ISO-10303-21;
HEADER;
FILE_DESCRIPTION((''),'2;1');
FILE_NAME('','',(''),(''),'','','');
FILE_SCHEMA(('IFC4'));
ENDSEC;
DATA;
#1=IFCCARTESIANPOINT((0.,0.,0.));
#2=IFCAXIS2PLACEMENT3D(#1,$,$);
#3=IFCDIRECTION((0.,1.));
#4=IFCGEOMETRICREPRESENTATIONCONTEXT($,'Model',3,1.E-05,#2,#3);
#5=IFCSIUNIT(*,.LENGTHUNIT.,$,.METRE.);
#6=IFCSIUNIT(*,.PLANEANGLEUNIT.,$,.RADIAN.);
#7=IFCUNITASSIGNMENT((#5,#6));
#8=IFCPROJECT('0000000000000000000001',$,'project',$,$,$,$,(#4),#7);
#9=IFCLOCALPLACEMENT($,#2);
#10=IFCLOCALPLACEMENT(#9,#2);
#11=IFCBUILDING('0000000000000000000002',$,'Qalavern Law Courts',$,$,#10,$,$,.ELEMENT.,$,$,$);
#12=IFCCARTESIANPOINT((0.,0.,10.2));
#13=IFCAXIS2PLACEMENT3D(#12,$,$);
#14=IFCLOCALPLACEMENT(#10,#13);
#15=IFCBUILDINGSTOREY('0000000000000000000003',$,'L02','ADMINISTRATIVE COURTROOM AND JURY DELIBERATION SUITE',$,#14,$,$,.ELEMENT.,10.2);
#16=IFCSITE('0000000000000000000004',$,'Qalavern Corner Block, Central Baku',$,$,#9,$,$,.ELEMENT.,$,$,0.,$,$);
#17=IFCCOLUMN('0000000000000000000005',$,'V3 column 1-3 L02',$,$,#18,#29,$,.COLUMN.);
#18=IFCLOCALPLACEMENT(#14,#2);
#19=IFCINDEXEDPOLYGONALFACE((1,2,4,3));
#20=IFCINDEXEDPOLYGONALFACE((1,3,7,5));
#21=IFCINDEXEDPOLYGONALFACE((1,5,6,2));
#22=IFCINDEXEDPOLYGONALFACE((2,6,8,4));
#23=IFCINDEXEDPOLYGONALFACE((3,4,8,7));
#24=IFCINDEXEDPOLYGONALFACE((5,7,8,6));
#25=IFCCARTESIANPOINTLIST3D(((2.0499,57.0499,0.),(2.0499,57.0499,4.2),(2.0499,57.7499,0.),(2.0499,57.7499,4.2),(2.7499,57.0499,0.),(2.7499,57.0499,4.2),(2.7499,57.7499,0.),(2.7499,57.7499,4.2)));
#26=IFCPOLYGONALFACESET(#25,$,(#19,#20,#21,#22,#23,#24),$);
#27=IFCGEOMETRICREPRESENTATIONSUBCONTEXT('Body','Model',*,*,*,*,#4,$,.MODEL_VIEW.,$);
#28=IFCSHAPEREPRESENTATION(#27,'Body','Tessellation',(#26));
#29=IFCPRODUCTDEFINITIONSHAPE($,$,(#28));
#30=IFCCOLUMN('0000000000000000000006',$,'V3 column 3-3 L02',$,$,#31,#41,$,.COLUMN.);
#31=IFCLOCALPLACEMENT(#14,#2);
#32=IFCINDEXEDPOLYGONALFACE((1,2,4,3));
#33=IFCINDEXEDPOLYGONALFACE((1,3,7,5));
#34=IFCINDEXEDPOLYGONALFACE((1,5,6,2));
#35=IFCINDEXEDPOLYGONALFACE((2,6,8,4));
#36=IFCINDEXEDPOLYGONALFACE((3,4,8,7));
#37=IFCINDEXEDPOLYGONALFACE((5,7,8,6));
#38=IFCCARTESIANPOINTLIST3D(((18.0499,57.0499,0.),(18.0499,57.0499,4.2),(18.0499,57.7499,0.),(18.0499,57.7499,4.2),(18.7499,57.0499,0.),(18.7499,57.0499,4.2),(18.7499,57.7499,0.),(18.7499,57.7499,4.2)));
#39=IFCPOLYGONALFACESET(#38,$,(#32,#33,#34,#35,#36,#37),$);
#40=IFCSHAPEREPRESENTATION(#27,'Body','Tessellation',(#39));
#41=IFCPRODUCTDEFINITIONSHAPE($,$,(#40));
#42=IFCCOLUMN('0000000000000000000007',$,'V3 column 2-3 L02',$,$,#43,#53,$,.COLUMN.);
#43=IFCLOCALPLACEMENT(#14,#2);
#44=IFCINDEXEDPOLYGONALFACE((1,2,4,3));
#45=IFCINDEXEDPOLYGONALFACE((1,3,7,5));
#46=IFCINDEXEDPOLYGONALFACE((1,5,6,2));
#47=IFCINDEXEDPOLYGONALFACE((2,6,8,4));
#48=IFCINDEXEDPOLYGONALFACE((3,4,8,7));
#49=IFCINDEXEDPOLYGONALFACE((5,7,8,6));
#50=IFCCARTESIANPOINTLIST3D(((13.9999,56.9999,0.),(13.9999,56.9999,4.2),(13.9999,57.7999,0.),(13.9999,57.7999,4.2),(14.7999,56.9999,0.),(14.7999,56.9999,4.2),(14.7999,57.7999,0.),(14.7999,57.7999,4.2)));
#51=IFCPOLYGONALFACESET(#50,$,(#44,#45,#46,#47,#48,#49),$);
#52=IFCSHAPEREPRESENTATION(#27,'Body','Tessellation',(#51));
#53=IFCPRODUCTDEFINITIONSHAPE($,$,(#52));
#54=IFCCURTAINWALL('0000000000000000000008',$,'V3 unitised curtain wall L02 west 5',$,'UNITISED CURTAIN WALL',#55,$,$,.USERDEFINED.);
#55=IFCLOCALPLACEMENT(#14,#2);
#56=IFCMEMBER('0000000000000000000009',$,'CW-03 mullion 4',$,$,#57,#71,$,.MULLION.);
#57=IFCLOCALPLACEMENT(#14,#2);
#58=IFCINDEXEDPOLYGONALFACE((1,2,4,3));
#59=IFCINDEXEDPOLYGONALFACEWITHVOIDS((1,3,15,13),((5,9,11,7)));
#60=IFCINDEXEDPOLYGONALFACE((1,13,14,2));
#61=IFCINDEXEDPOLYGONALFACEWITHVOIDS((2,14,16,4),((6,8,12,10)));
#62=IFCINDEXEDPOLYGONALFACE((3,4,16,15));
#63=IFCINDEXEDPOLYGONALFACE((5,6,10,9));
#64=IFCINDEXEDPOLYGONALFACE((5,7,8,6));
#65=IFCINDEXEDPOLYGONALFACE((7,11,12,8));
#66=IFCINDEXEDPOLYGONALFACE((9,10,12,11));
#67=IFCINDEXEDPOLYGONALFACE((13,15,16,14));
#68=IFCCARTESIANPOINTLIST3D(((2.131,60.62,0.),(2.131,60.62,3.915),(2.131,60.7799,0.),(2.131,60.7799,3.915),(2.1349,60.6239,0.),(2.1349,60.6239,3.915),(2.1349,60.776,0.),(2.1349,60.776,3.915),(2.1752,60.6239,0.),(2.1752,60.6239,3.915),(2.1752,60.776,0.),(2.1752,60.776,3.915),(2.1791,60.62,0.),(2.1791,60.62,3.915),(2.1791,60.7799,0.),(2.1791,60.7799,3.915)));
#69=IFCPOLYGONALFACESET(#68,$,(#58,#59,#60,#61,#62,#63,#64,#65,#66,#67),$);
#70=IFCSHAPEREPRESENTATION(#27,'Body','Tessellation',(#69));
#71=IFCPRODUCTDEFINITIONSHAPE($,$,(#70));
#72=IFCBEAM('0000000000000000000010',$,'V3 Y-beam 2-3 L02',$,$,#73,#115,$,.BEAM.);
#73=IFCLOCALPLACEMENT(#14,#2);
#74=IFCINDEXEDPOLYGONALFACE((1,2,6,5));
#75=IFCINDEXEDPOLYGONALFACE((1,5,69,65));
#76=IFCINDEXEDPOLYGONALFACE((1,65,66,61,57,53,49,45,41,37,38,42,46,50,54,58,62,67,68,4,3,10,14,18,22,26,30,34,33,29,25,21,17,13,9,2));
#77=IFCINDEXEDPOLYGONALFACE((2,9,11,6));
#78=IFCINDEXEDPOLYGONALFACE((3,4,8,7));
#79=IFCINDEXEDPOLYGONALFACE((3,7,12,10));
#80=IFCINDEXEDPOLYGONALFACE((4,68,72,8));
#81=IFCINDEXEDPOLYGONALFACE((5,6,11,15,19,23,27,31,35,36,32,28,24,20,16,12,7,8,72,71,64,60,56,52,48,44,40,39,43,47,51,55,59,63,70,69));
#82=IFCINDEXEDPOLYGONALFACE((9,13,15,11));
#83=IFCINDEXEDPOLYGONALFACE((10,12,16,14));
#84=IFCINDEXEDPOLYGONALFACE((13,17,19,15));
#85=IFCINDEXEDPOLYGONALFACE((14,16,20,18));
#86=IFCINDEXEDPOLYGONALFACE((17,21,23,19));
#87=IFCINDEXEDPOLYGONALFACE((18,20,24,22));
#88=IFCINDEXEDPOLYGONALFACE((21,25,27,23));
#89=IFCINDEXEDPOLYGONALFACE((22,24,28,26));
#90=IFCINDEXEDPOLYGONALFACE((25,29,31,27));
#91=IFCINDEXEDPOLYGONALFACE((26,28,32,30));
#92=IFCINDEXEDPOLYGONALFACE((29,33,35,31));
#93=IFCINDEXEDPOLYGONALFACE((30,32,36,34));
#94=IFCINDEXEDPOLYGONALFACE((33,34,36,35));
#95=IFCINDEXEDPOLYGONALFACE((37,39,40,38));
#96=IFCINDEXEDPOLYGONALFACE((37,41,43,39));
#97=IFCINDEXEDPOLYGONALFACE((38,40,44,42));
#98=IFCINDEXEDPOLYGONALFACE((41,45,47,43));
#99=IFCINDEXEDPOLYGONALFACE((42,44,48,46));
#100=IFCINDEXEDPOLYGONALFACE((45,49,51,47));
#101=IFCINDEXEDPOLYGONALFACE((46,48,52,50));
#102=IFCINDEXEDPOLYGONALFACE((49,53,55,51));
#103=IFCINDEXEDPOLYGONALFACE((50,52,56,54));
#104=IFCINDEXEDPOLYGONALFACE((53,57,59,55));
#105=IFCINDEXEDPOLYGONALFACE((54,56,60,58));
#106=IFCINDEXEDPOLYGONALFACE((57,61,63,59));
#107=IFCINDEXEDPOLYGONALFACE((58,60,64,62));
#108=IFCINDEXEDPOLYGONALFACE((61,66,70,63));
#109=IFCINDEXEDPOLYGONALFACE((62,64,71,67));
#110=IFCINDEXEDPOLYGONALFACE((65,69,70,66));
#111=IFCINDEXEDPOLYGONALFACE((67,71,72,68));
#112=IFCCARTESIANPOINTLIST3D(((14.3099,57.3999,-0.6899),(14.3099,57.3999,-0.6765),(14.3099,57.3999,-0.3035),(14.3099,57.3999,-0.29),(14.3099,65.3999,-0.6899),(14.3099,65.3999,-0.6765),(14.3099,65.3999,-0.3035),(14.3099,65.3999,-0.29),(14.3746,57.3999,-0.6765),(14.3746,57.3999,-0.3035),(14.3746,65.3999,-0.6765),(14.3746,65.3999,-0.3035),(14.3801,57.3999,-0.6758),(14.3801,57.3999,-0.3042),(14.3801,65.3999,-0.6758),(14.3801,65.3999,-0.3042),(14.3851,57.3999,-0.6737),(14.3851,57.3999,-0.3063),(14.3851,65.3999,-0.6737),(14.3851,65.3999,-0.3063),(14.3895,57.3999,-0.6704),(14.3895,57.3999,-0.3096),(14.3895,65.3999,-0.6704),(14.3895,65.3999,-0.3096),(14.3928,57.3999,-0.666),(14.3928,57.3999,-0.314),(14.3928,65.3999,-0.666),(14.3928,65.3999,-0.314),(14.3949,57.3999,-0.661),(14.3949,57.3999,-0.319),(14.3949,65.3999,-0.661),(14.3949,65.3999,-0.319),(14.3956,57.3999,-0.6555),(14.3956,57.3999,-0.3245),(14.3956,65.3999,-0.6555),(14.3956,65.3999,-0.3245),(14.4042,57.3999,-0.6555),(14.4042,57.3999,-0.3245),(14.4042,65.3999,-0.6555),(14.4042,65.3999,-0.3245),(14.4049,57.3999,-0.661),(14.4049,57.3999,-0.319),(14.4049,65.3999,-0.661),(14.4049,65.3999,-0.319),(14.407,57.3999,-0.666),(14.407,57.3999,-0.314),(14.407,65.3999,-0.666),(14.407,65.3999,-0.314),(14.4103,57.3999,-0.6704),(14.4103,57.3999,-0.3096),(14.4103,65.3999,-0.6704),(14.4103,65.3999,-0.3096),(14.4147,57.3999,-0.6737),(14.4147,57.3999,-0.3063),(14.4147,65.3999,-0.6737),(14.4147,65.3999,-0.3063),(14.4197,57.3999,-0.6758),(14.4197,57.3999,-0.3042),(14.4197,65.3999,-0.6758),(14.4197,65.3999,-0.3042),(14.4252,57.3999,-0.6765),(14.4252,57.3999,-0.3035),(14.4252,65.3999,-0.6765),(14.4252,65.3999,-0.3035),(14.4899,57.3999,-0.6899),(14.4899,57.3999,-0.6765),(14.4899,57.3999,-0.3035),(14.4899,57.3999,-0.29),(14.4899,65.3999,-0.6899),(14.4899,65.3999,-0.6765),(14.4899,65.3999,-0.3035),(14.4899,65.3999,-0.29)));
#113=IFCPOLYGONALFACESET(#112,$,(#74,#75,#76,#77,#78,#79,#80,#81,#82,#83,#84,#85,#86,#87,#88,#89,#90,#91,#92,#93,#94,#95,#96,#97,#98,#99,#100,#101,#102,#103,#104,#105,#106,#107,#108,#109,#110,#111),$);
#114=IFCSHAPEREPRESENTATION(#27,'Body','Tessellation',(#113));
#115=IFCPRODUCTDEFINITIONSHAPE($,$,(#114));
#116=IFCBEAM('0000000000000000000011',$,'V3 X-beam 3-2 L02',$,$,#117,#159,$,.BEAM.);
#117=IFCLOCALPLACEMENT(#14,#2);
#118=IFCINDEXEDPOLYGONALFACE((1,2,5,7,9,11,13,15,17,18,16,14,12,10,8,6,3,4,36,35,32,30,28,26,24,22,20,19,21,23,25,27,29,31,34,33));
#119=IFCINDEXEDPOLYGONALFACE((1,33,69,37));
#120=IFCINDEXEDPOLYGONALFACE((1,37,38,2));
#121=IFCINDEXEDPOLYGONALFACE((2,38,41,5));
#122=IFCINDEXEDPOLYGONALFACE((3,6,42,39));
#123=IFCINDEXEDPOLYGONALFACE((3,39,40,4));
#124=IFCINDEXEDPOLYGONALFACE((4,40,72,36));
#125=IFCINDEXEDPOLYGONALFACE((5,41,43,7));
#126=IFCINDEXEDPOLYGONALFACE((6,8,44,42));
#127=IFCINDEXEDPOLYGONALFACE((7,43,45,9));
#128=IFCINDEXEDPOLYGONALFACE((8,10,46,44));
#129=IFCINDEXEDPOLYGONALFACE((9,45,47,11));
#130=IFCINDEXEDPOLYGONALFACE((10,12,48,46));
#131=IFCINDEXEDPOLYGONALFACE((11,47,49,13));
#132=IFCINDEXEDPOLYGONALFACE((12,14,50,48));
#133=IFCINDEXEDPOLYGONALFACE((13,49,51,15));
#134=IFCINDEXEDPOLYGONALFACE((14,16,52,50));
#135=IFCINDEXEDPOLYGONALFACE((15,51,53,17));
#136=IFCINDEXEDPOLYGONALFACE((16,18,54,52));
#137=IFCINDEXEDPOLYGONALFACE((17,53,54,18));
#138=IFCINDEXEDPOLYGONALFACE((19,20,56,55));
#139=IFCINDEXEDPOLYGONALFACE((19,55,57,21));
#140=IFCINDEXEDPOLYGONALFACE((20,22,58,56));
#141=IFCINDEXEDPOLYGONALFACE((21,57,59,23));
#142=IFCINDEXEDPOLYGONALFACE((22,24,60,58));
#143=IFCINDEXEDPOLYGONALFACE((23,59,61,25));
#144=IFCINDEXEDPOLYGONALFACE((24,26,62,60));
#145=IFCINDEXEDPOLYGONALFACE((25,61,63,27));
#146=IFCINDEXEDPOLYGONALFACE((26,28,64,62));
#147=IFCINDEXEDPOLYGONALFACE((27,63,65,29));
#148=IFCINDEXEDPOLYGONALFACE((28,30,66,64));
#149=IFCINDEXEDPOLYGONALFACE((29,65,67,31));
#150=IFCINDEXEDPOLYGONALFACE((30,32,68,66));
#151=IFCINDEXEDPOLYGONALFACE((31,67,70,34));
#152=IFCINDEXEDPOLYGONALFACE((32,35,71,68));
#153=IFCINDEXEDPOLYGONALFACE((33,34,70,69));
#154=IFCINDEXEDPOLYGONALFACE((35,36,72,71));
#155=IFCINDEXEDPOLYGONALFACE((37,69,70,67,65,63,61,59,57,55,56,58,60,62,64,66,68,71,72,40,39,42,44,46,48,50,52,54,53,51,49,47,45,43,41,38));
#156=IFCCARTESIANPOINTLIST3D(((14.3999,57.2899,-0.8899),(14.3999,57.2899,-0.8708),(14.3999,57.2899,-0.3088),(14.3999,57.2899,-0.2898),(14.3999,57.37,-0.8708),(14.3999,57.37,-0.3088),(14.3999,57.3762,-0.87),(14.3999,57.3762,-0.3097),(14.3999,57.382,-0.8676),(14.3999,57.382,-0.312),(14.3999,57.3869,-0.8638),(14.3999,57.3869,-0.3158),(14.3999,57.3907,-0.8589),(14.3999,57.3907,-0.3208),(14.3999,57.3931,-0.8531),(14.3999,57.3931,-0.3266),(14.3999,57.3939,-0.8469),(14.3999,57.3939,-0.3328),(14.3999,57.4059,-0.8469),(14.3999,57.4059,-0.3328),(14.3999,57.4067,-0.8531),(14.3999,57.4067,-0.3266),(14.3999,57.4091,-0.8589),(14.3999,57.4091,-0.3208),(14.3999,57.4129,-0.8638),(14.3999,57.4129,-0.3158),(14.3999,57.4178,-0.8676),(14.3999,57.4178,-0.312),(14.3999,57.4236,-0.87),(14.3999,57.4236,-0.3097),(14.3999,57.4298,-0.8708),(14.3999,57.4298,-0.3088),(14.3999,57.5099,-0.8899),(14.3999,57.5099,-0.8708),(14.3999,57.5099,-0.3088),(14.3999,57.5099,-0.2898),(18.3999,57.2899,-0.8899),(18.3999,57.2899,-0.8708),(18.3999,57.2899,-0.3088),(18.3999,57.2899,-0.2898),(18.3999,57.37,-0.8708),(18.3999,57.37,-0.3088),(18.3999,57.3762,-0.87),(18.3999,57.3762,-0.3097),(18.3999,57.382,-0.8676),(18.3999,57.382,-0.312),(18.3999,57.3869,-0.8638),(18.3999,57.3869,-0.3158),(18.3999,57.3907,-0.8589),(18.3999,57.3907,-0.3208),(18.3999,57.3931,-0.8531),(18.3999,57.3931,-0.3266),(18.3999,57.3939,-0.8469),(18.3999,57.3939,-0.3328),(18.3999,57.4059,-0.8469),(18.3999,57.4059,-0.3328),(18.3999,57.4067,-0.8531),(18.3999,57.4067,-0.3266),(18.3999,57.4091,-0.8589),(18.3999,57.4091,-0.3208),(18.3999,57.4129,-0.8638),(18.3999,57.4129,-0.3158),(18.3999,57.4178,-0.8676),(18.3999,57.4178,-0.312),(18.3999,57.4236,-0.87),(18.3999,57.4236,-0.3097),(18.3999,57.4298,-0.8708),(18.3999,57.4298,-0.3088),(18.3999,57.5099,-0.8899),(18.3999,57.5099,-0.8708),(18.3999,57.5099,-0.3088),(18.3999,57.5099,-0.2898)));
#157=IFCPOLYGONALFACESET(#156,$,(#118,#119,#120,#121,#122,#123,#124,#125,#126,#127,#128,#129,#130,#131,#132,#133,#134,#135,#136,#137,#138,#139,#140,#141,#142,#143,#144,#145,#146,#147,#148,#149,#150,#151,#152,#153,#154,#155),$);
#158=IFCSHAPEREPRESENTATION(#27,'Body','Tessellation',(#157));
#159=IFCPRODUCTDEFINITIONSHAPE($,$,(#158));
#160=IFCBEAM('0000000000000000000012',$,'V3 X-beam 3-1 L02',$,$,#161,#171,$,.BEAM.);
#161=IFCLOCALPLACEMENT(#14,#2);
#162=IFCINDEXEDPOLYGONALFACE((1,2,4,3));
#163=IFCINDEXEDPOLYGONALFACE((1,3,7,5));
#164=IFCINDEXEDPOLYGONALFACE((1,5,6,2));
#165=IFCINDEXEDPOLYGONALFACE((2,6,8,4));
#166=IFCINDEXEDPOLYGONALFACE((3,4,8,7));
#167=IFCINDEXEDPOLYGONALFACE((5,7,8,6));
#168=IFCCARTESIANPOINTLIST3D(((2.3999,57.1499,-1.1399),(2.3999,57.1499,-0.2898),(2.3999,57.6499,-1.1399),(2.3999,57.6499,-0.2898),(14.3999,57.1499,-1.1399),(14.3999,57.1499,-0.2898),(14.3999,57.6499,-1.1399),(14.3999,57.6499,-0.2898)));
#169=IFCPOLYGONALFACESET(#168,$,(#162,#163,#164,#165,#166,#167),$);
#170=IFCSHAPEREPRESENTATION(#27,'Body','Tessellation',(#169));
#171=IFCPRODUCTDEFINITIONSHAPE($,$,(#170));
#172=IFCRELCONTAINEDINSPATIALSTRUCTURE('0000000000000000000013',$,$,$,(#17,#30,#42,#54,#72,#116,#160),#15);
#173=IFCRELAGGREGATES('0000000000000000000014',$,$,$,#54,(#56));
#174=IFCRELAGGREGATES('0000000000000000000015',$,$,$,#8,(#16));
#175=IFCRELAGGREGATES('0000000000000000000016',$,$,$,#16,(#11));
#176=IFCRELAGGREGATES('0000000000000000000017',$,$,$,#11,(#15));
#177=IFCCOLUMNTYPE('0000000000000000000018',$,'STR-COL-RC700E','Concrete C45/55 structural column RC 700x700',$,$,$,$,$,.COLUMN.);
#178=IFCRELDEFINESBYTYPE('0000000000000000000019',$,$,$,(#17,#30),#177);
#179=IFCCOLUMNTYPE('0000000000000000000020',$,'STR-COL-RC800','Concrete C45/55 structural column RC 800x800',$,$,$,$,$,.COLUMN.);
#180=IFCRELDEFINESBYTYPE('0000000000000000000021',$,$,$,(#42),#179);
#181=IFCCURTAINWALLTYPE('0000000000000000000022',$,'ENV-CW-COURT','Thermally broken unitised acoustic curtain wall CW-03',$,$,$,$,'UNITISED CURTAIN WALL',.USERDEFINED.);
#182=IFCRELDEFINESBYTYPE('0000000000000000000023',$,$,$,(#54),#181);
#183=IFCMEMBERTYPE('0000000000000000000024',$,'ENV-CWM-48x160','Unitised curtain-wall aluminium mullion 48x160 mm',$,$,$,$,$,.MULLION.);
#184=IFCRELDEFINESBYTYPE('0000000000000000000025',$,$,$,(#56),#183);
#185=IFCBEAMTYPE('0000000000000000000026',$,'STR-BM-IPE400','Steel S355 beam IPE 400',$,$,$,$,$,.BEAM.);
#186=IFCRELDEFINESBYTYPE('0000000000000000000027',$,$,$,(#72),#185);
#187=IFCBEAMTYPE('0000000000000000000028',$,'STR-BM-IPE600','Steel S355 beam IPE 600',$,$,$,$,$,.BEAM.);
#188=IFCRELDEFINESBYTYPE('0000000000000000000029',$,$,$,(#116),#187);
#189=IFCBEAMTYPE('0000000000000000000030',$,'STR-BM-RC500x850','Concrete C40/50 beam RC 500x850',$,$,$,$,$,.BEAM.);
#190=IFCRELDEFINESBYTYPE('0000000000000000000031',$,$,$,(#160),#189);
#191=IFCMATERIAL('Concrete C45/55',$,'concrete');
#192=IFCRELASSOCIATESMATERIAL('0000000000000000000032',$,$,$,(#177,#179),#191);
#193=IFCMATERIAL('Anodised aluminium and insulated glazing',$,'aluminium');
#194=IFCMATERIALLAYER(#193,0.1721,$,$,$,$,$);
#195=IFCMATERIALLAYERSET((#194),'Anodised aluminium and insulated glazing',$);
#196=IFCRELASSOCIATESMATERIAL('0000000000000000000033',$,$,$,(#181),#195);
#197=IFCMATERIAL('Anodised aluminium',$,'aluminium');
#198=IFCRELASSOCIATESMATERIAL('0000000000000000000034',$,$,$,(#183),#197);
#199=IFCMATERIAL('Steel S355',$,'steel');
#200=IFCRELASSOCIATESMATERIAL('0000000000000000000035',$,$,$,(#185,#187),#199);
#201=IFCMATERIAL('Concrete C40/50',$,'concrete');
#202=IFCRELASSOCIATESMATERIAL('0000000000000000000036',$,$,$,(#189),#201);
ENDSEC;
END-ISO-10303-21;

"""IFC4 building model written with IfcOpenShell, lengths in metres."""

from ifc_helpers import new_model, si_unit, direction, frame, origin, origin_2d, place, context, subcontext, project, spatial, rectangle, hollow_rectangle, i_section, extrude, material, layer, layer_set, material_profile, profile_set, type_object, element, aggregate, save


model = new_model("IFC4")

# Units and contexts
model_context = context("Model", 3, precision=1e-05, world=origin(), true_north=direction((0.0, 1.0)))
body_context = subcontext(model_context, "Body", "Model", "MODEL_VIEW")
ifc_project = project(units=[si_unit("LENGTHUNIT", "METRE"), si_unit("PLANEANGLEUNIT", "RADIAN")], contexts=[model_context])

# Site, building, storey
site_placement = place(None, origin())
site = spatial("IfcSite", under=ifc_project, at=site_placement, Name="Qalavern Corner Block, Central Baku", CompositionType="ELEMENT", RefElevation=0.0)
building_placement = place(site_placement, origin())
building = spatial("IfcBuilding", under=site, at=building_placement, Name="Qalavern Law Courts", CompositionType="ELEMENT")
storey_placement = place(building_placement, frame((0.0, 0.0, 10.2)))
storey = spatial("IfcBuildingStorey", under=building, at=storey_placement, Name="L02", Description="ADMINISTRATIVE COURTROOM AND JURY DELIBERATION SUITE", CompositionType="ELEMENT", Elevation=10.2)

# Columns
ifc_material_1 = material(Name="Concrete C45/55", Category="concrete")
ifc_material_profile_1 = material_profile(ifc_material_1, rectangle(XDim=0.7, YDim=0.7, at=origin_2d()), Name="RC 700x700")
ifc_profile_set_1 = profile_set([ifc_material_profile_1], Name="Concrete C45/55")
column_type_1 = type_object("IfcColumnType", Name="STR-COL-RC700E", Description="Concrete C45/55 structural column RC 700x700", PredefinedType="COLUMN", material=ifc_profile_set_1)
for number, where, z_axis, x_axis, name in (
    (1, (2.3999, 57.3999, 0.0), (0.0, 0.0, 1.0), (1.0, 0.0, 0.0), "V3 column 1-3 L02"),
    (2, (18.3999, 57.3999, 0.0), (0.0, 0.0, 1.0), (1.0, 0.0, 0.0), "V3 column 3-3 L02"),
):
    element("IfcColumn", number, at=place(storey_placement, frame(where, z_axis=z_axis, x_axis=x_axis)), inside=storey, type_object=column_type_1, Name=name, PredefinedType="COLUMN", context=body_context, shape_type="SweptSolid", body=[
        extrude(rectangle(XDim=0.7, YDim=0.7, at=origin_2d()), origin(), (0.0, 0.0, 1.0), 4.2),
    ])
ifc_material_profile_2 = material_profile(ifc_material_1, rectangle(XDim=0.8, YDim=0.8, at=origin_2d()), Name="RC 800x800")
ifc_profile_set_2 = profile_set([ifc_material_profile_2], Name="Concrete C45/55")
column_type_2 = type_object("IfcColumnType", Name="STR-COL-RC800", Description="Concrete C45/55 structural column RC 800x800", PredefinedType="COLUMN", material=ifc_profile_set_2)
column_placement = place(storey_placement, frame((14.3999, 57.3999, 0.0), z_axis=(0.0, 0.0, 1.0), x_axis=(1.0, 0.0, 0.0)))
element("IfcColumn", 3, at=column_placement, inside=storey, type_object=column_type_2, Name="V3 column 2-3 L02", PredefinedType="COLUMN", context=body_context, shape_type="SweptSolid", body=[
    extrude(rectangle(XDim=0.8, YDim=0.8, at=origin_2d()), origin(), (0.0, 0.0, 1.0), 4.2),
])

# Curtain wall, member
ifc_material_2 = material(Name="Anodised aluminium and insulated glazing", Category="aluminium")
ifc_layer_1 = layer(ifc_material_2, 0.1721)
ifc_layer_set_1 = layer_set([ifc_layer_1], Name="Anodised aluminium and insulated glazing")
curtain_wall_type = type_object("IfcCurtainWallType", Name="ENV-CW-COURT", Description="Thermally broken unitised acoustic curtain wall CW-03", ElementType="UNITISED CURTAIN WALL", PredefinedType="USERDEFINED", material=ifc_layer_set_1)
curtain_wall_placement = place(storey_placement, origin())
curtain_wall = element("IfcCurtainWall", 4, at=curtain_wall_placement, inside=storey, type_object=curtain_wall_type, Name="V3 unitised curtain wall L02 west 5", ObjectType="UNITISED CURTAIN WALL", PredefinedType="USERDEFINED")
ifc_material_3 = material(Name="Anodised aluminium", Category="aluminium")
ifc_material_profile_3 = material_profile(ifc_material_3, hollow_rectangle(XDim=0.0481, YDim=0.1599, WallThickness=0.0039, at=origin_2d()), Name="ALU MULLION 48x160")
ifc_profile_set_3 = profile_set([ifc_material_profile_3], Name="Anodised aluminium")
member_type = type_object("IfcMemberType", Name="ENV-CWM-48x160", Description="Unitised curtain-wall aluminium mullion 48x160 mm", PredefinedType="MULLION", material=ifc_profile_set_3)
member_placement = place(storey_placement, frame((2.155, 60.7, 0.0), z_axis=(0.0, 0.0, 1.0), x_axis=(1.0, 0.0, 0.0)))
member = element("IfcMember", 5, at=member_placement, type_object=member_type, Name="CW-03 mullion 4", PredefinedType="MULLION", context=body_context, shape_type="SweptSolid", body=[
    extrude(hollow_rectangle(XDim=0.0481, YDim=0.1599, WallThickness=0.0039, at=origin_2d()), origin(), (0.0, 0.0, 1.0), 3.915),
])

# Beams
ifc_material_4 = material(Name="Steel S355", Category="steel")
ifc_material_profile_4 = material_profile(ifc_material_4, i_section(OverallWidth=0.1799, OverallDepth=0.3999, WebThickness=0.0085, FlangeThickness=0.0134, FilletRadius=0.021, at=origin_2d()), Name="IPE 400")
ifc_profile_set_4 = profile_set([ifc_material_profile_4], Name="Steel S355")
beam_type_1 = type_object("IfcBeamType", Name="STR-BM-IPE400", Description="Steel S355 beam IPE 400", PredefinedType="BEAM", material=ifc_profile_set_4)
beam_1_placement = place(storey_placement, frame((14.3999, 57.3999, -0.49), z_axis=(0.0, 1.0, 0.0), x_axis=(-1.0, 0.0, 0.0)))
element("IfcBeam", 6, at=beam_1_placement, inside=storey, type_object=beam_type_1, Name="V3 Y-beam 2-3 L02", PredefinedType="BEAM", context=body_context, shape_type="SweptSolid", body=[
    extrude(i_section(OverallWidth=0.1799, OverallDepth=0.3999, WebThickness=0.0085, FlangeThickness=0.0134, FilletRadius=0.021, at=origin_2d()), origin(), (0.0, 0.0, 1.0), 8.0),
])
ifc_material_profile_5 = material_profile(ifc_material_4, i_section(OverallWidth=0.22, OverallDepth=0.6001, WebThickness=0.012, FlangeThickness=0.019, FilletRadius=0.0239, at=origin_2d()), Name="IPE 600")
ifc_profile_set_5 = profile_set([ifc_material_profile_5], Name="Steel S355")
beam_type_2 = type_object("IfcBeamType", Name="STR-BM-IPE600", Description="Steel S355 beam IPE 600", PredefinedType="BEAM", material=ifc_profile_set_5)
beam_2_placement = place(storey_placement, frame((14.3999, 57.3999, -0.5898), z_axis=(1.0, 0.0, 0.0), x_axis=(0.0, 1.0, 0.0)))
element("IfcBeam", 7, at=beam_2_placement, inside=storey, type_object=beam_type_2, Name="V3 X-beam 3-2 L02", PredefinedType="BEAM", context=body_context, shape_type="SweptSolid", body=[
    extrude(i_section(OverallWidth=0.22, OverallDepth=0.6001, WebThickness=0.012, FlangeThickness=0.019, FilletRadius=0.0239, at=origin_2d()), origin(), (0.0, 0.0, 1.0), 4.0),
])
ifc_material_5 = material(Name="Concrete C40/50", Category="concrete")
ifc_material_profile_6 = material_profile(ifc_material_5, rectangle(XDim=0.5, YDim=0.8501, at=origin_2d()), Name="RC 500x850")
ifc_profile_set_6 = profile_set([ifc_material_profile_6], Name="Concrete C40/50")
beam_type_3 = type_object("IfcBeamType", Name="STR-BM-RC500x850", Description="Concrete C40/50 beam RC 500x850", PredefinedType="BEAM", material=ifc_profile_set_6)
beam_3_placement = place(storey_placement, frame((2.3999, 57.3999, -0.7148), z_axis=(1.0, 0.0, 0.0), x_axis=(0.0, 1.0, 0.0)))
element("IfcBeam", 8, at=beam_3_placement, inside=storey, type_object=beam_type_3, Name="V3 X-beam 3-1 L02", PredefinedType="BEAM", context=body_context, shape_type="SweptSolid", body=[
    extrude(rectangle(XDim=0.5, YDim=0.8501, at=origin_2d()), origin(), (0.0, 0.0, 1.0), 12.0),
])

aggregate(curtain_wall, [member])

save(model, "model.ifc")
